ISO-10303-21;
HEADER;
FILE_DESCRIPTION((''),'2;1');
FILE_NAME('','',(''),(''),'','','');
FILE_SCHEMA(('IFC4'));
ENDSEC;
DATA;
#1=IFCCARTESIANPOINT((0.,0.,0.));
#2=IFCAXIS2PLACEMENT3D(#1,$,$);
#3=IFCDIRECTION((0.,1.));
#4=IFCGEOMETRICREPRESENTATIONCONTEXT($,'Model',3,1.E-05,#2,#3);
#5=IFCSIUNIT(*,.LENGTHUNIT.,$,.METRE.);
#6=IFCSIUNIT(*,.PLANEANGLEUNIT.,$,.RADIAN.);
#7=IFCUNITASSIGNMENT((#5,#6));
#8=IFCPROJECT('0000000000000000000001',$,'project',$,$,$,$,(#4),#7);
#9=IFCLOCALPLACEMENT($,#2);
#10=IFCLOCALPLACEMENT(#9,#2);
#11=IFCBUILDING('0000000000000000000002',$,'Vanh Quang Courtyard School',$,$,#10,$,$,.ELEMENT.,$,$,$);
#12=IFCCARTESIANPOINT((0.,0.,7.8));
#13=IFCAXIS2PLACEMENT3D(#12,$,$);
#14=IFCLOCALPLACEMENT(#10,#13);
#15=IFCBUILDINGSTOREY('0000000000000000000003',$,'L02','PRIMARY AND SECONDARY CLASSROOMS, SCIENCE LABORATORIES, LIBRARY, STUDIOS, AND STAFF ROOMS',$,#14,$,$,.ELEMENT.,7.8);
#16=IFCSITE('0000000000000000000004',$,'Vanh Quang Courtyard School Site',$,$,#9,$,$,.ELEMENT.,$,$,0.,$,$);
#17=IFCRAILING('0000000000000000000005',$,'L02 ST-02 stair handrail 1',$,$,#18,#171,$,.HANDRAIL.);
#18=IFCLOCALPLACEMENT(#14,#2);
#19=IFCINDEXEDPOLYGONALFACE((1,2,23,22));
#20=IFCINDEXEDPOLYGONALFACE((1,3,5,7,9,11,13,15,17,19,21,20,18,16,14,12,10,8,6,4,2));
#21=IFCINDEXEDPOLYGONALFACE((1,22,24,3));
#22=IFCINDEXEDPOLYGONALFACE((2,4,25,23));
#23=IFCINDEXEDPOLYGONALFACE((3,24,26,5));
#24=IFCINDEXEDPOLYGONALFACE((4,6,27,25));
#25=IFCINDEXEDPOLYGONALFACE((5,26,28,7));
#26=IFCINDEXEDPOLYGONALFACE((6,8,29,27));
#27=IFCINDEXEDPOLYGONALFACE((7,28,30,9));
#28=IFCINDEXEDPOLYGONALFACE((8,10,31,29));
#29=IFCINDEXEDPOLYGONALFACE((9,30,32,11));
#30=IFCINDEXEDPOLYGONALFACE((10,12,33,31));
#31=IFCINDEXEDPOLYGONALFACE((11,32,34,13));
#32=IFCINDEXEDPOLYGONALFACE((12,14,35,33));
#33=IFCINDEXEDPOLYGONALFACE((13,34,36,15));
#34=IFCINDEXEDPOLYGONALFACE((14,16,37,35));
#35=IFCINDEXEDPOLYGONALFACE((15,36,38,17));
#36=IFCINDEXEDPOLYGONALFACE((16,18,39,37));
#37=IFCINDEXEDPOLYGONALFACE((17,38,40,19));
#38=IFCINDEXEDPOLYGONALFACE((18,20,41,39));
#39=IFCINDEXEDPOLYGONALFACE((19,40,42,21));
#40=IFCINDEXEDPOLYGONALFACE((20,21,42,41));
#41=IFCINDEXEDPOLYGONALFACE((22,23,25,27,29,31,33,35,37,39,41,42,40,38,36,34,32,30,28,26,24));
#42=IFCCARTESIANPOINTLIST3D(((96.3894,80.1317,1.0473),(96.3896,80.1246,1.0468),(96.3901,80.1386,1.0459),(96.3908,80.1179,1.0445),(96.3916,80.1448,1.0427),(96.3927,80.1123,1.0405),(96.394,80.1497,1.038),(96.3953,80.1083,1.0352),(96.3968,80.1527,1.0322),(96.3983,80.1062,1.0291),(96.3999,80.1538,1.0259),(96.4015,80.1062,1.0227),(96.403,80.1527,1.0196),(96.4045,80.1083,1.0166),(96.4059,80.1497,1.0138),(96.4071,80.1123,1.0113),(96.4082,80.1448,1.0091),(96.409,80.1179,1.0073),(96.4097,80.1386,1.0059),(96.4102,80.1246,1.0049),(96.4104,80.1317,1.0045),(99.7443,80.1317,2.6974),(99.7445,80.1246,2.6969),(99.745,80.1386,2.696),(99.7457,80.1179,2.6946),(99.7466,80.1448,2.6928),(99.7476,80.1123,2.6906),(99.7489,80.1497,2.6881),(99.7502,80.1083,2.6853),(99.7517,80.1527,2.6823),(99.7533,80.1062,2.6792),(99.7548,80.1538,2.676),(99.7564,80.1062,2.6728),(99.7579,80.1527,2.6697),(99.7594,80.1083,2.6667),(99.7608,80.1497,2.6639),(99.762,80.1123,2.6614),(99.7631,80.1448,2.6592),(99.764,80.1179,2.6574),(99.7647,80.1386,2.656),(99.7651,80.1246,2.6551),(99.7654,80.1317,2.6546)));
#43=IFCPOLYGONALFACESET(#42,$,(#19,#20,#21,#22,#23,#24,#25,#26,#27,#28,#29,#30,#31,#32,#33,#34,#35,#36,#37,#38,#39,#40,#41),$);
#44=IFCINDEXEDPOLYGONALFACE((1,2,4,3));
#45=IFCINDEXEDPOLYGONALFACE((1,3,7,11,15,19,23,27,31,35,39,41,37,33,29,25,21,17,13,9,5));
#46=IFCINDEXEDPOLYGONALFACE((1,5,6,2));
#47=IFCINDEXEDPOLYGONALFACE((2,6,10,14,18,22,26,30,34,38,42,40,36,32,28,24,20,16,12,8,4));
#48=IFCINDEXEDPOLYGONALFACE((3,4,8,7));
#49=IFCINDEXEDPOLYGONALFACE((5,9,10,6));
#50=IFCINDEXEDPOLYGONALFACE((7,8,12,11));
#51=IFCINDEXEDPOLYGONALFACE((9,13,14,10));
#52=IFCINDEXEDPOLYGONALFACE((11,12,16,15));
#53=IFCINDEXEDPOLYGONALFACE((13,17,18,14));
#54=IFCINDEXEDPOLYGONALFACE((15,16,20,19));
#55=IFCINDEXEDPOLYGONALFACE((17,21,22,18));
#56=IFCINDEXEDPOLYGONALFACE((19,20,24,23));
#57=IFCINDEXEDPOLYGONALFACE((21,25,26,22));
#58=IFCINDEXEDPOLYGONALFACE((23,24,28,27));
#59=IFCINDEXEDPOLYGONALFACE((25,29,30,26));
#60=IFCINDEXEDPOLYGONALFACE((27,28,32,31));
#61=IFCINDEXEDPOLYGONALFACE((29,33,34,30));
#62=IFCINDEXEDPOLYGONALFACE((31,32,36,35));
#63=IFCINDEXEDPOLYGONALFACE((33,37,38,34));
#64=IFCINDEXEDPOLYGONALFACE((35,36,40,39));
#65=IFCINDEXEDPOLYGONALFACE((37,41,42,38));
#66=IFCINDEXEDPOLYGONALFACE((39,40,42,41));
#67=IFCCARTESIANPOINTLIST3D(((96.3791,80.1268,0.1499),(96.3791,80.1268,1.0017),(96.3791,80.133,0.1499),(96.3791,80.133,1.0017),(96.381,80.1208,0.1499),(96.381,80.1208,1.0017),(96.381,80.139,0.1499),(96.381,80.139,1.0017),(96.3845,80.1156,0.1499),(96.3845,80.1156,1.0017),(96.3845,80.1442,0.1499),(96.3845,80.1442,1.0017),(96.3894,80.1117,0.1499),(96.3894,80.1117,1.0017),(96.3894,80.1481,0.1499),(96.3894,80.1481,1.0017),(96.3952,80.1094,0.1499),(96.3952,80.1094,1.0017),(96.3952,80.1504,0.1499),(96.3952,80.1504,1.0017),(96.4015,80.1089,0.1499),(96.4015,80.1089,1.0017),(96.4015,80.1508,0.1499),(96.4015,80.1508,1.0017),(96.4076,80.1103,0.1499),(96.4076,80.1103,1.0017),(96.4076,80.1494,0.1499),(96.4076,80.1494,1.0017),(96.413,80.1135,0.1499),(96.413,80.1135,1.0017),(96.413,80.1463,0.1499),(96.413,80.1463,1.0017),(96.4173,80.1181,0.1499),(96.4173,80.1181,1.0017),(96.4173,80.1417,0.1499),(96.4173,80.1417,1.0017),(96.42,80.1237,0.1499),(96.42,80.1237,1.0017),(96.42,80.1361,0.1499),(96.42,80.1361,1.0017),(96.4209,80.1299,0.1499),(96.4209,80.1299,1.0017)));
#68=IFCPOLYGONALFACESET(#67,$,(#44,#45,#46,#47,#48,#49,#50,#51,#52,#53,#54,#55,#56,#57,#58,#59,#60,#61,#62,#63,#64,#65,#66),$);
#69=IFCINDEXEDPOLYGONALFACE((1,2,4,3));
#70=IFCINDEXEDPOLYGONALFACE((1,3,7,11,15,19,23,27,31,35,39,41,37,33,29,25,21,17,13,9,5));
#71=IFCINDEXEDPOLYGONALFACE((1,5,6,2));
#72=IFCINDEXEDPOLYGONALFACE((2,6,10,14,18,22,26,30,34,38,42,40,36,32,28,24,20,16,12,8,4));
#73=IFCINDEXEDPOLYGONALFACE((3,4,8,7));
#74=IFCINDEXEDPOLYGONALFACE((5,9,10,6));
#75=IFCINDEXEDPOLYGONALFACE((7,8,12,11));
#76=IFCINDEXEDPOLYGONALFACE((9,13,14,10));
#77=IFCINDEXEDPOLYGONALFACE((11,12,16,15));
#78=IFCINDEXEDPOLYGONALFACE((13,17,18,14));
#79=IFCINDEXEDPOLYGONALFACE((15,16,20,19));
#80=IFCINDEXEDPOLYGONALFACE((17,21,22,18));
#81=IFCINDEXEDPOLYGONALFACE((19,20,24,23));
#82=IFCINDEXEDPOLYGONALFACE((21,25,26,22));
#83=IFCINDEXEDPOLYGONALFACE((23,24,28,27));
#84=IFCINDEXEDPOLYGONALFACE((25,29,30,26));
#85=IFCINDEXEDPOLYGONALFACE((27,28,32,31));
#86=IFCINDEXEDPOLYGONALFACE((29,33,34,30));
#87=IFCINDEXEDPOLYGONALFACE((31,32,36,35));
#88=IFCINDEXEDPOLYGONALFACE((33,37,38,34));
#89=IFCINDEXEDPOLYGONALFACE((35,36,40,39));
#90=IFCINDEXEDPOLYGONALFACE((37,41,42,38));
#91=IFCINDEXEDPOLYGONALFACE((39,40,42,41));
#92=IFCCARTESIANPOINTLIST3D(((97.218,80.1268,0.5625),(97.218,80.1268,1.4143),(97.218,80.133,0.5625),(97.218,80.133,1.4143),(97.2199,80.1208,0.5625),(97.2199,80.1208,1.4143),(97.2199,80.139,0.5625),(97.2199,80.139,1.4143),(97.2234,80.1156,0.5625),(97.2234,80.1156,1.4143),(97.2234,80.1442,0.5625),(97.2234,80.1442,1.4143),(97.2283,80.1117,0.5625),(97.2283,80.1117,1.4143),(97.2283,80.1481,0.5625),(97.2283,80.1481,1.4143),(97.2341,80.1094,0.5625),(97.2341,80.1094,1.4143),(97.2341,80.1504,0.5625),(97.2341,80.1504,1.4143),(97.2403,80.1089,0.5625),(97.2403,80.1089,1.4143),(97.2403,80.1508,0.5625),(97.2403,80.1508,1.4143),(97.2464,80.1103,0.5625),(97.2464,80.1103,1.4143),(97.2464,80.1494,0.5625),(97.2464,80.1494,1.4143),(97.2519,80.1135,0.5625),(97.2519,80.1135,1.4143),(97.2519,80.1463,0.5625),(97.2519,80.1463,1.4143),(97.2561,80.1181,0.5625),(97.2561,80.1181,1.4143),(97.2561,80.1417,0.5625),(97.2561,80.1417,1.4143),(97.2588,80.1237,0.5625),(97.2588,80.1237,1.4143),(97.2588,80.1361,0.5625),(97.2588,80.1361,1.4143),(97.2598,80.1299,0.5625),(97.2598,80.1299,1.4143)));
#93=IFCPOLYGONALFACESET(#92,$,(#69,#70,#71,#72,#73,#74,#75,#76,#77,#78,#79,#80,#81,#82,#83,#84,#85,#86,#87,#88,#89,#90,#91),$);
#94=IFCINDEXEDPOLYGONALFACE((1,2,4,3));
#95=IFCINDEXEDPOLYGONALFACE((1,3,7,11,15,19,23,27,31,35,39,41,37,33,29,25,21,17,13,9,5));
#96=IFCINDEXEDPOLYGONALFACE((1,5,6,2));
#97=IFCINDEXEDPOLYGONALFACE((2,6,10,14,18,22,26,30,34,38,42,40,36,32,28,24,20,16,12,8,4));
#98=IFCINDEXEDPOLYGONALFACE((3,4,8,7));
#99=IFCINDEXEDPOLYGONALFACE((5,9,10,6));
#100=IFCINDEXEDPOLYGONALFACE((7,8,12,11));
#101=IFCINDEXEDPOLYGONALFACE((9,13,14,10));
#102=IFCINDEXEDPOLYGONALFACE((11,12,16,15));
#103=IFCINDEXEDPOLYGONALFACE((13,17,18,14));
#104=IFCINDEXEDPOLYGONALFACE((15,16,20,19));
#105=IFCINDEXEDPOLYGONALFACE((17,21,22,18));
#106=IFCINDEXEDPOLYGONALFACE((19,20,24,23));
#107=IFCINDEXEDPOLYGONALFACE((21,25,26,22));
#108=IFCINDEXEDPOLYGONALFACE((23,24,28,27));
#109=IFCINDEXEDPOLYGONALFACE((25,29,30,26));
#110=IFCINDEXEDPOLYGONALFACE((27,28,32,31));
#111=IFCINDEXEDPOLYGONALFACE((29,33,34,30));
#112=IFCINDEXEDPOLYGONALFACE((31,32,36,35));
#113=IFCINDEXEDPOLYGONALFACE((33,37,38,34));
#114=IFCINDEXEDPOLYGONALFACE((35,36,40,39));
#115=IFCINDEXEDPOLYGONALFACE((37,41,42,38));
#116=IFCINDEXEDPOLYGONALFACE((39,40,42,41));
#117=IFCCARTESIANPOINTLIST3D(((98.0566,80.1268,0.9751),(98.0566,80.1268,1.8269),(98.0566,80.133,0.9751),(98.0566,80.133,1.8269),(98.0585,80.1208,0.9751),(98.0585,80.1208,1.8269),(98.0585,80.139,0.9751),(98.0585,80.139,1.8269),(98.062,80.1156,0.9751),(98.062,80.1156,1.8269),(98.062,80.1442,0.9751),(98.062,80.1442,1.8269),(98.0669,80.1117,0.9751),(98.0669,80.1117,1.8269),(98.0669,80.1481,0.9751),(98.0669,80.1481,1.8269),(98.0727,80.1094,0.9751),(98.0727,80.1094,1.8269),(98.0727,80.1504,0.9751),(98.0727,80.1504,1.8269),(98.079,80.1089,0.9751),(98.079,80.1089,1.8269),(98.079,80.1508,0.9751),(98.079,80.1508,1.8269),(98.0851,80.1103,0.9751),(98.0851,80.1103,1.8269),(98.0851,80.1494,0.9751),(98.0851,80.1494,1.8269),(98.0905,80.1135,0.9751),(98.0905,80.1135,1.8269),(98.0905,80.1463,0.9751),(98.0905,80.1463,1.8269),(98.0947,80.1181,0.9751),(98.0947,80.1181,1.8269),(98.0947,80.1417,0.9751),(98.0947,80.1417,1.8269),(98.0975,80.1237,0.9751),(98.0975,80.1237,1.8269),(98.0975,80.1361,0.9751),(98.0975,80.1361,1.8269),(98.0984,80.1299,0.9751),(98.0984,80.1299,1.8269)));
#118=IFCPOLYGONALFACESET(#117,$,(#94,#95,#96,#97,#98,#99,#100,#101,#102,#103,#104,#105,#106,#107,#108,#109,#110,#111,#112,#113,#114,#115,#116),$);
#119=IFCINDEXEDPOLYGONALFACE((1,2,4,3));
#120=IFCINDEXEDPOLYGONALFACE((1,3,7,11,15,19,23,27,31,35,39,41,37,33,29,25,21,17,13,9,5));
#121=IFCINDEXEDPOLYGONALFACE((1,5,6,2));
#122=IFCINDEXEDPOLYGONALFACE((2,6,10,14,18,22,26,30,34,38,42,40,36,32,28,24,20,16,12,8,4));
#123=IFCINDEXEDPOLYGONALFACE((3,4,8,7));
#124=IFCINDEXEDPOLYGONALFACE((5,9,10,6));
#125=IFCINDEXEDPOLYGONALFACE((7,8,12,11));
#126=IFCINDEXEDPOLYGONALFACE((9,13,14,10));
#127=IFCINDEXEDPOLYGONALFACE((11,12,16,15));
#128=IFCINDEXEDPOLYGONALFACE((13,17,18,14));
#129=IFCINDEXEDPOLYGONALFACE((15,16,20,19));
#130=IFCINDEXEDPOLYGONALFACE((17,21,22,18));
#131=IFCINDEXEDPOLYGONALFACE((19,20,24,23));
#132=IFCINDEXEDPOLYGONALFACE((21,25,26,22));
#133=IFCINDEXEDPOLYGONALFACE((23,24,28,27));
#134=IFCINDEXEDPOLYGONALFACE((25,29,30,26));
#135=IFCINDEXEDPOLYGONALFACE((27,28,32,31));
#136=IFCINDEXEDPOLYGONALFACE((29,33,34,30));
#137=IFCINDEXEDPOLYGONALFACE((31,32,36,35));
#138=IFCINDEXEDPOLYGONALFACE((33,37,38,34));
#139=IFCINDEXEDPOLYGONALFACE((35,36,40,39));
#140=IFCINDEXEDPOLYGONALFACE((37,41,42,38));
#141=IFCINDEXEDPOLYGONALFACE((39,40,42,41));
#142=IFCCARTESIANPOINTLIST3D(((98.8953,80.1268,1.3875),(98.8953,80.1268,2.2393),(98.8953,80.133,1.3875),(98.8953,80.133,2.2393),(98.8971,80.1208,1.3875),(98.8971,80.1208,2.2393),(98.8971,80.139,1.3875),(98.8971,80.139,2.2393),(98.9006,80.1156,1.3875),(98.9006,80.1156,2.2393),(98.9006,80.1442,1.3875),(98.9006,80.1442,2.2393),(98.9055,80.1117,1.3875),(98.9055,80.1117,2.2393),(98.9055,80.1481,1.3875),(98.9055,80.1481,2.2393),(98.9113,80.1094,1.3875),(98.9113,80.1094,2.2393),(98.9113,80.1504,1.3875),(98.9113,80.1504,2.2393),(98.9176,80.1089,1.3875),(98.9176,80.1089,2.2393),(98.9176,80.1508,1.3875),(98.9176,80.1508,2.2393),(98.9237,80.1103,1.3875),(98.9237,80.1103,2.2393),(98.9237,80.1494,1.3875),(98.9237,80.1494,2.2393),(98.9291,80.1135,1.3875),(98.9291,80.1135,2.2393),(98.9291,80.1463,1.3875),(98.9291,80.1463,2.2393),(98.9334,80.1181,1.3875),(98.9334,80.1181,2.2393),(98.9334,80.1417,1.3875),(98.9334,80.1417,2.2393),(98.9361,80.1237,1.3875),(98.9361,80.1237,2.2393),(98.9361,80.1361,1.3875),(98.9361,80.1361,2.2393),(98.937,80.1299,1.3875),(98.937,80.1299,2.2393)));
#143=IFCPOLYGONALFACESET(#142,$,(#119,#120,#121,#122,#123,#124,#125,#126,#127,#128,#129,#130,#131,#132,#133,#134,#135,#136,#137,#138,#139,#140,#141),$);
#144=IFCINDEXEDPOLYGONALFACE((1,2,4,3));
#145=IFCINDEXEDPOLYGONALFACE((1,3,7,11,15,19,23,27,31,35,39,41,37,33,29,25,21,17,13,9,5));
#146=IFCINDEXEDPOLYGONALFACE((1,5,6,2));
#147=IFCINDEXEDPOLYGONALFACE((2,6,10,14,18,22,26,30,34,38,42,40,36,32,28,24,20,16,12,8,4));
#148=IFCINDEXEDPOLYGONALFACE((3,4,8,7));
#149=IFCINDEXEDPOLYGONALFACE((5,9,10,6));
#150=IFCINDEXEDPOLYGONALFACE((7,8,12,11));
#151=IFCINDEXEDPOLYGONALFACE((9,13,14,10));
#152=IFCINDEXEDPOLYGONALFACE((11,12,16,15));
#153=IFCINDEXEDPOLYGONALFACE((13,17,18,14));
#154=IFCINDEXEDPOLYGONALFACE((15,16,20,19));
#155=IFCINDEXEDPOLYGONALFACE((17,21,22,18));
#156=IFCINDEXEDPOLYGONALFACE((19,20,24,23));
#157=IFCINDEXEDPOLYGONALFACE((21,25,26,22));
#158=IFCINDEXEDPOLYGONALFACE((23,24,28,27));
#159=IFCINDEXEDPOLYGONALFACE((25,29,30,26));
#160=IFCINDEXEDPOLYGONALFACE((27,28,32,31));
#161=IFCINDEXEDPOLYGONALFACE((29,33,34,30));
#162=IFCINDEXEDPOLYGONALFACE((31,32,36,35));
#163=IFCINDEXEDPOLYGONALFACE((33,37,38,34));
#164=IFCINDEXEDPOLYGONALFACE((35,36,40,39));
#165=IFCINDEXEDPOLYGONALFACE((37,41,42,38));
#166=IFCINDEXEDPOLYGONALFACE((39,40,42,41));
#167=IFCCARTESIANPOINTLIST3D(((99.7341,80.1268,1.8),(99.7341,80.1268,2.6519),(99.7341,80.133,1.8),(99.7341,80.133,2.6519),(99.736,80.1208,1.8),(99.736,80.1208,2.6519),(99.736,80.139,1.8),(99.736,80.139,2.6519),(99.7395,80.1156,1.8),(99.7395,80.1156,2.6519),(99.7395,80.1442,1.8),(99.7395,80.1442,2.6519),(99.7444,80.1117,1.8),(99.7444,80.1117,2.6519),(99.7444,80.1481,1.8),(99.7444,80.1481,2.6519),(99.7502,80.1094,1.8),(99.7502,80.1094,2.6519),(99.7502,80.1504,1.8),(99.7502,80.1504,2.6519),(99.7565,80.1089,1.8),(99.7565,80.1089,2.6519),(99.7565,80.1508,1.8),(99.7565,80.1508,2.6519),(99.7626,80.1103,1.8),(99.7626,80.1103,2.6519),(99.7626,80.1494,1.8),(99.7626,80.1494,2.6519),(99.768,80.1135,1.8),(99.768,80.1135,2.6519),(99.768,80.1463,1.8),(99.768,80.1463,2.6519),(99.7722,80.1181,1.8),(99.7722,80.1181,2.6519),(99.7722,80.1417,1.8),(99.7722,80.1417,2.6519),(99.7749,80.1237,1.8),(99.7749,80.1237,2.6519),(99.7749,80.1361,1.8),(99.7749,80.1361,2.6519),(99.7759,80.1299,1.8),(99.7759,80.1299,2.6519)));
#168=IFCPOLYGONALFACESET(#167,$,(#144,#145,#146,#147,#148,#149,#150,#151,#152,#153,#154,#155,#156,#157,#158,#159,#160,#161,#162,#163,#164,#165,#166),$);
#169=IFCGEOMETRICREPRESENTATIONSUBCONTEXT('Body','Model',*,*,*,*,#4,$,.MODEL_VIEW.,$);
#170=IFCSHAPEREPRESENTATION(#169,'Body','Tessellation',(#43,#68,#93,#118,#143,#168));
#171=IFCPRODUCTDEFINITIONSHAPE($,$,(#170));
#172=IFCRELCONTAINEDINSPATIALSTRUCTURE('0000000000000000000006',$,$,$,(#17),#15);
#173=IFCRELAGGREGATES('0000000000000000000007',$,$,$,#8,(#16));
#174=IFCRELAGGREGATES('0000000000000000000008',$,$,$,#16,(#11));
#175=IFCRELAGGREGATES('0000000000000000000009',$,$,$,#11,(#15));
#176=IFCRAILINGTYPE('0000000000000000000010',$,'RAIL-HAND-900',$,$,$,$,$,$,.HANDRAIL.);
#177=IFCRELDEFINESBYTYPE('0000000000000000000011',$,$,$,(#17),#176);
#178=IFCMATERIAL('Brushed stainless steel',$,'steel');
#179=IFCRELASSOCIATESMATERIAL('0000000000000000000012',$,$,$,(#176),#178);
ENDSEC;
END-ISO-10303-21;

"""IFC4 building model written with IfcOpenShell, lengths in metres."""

from ifc_helpers import new_model, si_unit, direction, frame, origin, origin_2d, place, context, subcontext, project, spatial, circle, extrude, material, type_object, element, save


model = new_model("IFC4")

# Units and contexts
model_context = context("Model", 3, precision=1e-05, world=origin(), true_north=direction((0.0, 1.0)))
body_context = subcontext(model_context, "Body", "Model", "MODEL_VIEW")
ifc_project = project(units=[si_unit("LENGTHUNIT", "METRE"), si_unit("PLANEANGLEUNIT", "RADIAN")], contexts=[model_context])

# Site, building, storey
site_placement = place(None, origin())
site = spatial("IfcSite", under=ifc_project, at=site_placement, Name="Vanh Quang Courtyard School Site", CompositionType="ELEMENT", RefElevation=0.0)
building_placement = place(site_placement, origin())
building = spatial("IfcBuilding", under=site, at=building_placement, Name="Vanh Quang Courtyard School", CompositionType="ELEMENT")
storey_placement = place(building_placement, frame((0.0, 0.0, 7.8)))
storey = spatial("IfcBuildingStorey", under=building, at=storey_placement, Name="L02", Description="PRIMARY AND SECONDARY CLASSROOMS, SCIENCE LABORATORIES, LIBRARY, STUDIOS, AND STAFF ROOMS", CompositionType="ELEMENT", Elevation=7.8)

# Railing
ifc_material_1 = material(Name="Brushed stainless steel", Category="steel")
railing_type_1 = type_object("IfcRailingType", Name="RAIL-HAND-900", PredefinedType="HANDRAIL", material=ifc_material_1)
railing_1_placement = place(storey_placement, frame((96.3999, 80.1299, 0.1499)))
element("IfcRailing", 1, at=railing_1_placement, inside=storey, type_object=railing_type_1, Name="L02 ST-02 stair handrail 1", PredefinedType="HANDRAIL", context=body_context, shape_type="SweptSolid", body=[
    extrude(circle(Radius=0.0239, at=origin_2d()), frame((0.0, 0.0, 0.876), z_axis=(0.897333, 0.0, 0.441353), x_axis=(0.0, 1.0, 0.0)), (0.0, 0.0, 1.0), 3.7388),
    extrude(circle(Radius=0.021, at=origin_2d()), origin(), (0.0, 0.0, 1.0), 0.8518),
    extrude(circle(Radius=0.021, at=origin_2d()), frame((0.8389, 0.0, 0.4126)), (0.0, 0.0, 1.0), 0.8518),
    extrude(circle(Radius=0.021, at=origin_2d()), frame((1.6775, 0.0, 0.8252)), (0.0, 0.0, 1.0), 0.8518),
    extrude(circle(Radius=0.021, at=origin_2d()), frame((2.5161, 0.0, 1.2375)), (0.0, 0.0, 1.0), 0.8518),
    extrude(circle(Radius=0.021, at=origin_2d()), frame((3.355, 0.0, 1.6501)), (0.0, 0.0, 1.0), 0.8518),
])

save(model, "model.ifc")
